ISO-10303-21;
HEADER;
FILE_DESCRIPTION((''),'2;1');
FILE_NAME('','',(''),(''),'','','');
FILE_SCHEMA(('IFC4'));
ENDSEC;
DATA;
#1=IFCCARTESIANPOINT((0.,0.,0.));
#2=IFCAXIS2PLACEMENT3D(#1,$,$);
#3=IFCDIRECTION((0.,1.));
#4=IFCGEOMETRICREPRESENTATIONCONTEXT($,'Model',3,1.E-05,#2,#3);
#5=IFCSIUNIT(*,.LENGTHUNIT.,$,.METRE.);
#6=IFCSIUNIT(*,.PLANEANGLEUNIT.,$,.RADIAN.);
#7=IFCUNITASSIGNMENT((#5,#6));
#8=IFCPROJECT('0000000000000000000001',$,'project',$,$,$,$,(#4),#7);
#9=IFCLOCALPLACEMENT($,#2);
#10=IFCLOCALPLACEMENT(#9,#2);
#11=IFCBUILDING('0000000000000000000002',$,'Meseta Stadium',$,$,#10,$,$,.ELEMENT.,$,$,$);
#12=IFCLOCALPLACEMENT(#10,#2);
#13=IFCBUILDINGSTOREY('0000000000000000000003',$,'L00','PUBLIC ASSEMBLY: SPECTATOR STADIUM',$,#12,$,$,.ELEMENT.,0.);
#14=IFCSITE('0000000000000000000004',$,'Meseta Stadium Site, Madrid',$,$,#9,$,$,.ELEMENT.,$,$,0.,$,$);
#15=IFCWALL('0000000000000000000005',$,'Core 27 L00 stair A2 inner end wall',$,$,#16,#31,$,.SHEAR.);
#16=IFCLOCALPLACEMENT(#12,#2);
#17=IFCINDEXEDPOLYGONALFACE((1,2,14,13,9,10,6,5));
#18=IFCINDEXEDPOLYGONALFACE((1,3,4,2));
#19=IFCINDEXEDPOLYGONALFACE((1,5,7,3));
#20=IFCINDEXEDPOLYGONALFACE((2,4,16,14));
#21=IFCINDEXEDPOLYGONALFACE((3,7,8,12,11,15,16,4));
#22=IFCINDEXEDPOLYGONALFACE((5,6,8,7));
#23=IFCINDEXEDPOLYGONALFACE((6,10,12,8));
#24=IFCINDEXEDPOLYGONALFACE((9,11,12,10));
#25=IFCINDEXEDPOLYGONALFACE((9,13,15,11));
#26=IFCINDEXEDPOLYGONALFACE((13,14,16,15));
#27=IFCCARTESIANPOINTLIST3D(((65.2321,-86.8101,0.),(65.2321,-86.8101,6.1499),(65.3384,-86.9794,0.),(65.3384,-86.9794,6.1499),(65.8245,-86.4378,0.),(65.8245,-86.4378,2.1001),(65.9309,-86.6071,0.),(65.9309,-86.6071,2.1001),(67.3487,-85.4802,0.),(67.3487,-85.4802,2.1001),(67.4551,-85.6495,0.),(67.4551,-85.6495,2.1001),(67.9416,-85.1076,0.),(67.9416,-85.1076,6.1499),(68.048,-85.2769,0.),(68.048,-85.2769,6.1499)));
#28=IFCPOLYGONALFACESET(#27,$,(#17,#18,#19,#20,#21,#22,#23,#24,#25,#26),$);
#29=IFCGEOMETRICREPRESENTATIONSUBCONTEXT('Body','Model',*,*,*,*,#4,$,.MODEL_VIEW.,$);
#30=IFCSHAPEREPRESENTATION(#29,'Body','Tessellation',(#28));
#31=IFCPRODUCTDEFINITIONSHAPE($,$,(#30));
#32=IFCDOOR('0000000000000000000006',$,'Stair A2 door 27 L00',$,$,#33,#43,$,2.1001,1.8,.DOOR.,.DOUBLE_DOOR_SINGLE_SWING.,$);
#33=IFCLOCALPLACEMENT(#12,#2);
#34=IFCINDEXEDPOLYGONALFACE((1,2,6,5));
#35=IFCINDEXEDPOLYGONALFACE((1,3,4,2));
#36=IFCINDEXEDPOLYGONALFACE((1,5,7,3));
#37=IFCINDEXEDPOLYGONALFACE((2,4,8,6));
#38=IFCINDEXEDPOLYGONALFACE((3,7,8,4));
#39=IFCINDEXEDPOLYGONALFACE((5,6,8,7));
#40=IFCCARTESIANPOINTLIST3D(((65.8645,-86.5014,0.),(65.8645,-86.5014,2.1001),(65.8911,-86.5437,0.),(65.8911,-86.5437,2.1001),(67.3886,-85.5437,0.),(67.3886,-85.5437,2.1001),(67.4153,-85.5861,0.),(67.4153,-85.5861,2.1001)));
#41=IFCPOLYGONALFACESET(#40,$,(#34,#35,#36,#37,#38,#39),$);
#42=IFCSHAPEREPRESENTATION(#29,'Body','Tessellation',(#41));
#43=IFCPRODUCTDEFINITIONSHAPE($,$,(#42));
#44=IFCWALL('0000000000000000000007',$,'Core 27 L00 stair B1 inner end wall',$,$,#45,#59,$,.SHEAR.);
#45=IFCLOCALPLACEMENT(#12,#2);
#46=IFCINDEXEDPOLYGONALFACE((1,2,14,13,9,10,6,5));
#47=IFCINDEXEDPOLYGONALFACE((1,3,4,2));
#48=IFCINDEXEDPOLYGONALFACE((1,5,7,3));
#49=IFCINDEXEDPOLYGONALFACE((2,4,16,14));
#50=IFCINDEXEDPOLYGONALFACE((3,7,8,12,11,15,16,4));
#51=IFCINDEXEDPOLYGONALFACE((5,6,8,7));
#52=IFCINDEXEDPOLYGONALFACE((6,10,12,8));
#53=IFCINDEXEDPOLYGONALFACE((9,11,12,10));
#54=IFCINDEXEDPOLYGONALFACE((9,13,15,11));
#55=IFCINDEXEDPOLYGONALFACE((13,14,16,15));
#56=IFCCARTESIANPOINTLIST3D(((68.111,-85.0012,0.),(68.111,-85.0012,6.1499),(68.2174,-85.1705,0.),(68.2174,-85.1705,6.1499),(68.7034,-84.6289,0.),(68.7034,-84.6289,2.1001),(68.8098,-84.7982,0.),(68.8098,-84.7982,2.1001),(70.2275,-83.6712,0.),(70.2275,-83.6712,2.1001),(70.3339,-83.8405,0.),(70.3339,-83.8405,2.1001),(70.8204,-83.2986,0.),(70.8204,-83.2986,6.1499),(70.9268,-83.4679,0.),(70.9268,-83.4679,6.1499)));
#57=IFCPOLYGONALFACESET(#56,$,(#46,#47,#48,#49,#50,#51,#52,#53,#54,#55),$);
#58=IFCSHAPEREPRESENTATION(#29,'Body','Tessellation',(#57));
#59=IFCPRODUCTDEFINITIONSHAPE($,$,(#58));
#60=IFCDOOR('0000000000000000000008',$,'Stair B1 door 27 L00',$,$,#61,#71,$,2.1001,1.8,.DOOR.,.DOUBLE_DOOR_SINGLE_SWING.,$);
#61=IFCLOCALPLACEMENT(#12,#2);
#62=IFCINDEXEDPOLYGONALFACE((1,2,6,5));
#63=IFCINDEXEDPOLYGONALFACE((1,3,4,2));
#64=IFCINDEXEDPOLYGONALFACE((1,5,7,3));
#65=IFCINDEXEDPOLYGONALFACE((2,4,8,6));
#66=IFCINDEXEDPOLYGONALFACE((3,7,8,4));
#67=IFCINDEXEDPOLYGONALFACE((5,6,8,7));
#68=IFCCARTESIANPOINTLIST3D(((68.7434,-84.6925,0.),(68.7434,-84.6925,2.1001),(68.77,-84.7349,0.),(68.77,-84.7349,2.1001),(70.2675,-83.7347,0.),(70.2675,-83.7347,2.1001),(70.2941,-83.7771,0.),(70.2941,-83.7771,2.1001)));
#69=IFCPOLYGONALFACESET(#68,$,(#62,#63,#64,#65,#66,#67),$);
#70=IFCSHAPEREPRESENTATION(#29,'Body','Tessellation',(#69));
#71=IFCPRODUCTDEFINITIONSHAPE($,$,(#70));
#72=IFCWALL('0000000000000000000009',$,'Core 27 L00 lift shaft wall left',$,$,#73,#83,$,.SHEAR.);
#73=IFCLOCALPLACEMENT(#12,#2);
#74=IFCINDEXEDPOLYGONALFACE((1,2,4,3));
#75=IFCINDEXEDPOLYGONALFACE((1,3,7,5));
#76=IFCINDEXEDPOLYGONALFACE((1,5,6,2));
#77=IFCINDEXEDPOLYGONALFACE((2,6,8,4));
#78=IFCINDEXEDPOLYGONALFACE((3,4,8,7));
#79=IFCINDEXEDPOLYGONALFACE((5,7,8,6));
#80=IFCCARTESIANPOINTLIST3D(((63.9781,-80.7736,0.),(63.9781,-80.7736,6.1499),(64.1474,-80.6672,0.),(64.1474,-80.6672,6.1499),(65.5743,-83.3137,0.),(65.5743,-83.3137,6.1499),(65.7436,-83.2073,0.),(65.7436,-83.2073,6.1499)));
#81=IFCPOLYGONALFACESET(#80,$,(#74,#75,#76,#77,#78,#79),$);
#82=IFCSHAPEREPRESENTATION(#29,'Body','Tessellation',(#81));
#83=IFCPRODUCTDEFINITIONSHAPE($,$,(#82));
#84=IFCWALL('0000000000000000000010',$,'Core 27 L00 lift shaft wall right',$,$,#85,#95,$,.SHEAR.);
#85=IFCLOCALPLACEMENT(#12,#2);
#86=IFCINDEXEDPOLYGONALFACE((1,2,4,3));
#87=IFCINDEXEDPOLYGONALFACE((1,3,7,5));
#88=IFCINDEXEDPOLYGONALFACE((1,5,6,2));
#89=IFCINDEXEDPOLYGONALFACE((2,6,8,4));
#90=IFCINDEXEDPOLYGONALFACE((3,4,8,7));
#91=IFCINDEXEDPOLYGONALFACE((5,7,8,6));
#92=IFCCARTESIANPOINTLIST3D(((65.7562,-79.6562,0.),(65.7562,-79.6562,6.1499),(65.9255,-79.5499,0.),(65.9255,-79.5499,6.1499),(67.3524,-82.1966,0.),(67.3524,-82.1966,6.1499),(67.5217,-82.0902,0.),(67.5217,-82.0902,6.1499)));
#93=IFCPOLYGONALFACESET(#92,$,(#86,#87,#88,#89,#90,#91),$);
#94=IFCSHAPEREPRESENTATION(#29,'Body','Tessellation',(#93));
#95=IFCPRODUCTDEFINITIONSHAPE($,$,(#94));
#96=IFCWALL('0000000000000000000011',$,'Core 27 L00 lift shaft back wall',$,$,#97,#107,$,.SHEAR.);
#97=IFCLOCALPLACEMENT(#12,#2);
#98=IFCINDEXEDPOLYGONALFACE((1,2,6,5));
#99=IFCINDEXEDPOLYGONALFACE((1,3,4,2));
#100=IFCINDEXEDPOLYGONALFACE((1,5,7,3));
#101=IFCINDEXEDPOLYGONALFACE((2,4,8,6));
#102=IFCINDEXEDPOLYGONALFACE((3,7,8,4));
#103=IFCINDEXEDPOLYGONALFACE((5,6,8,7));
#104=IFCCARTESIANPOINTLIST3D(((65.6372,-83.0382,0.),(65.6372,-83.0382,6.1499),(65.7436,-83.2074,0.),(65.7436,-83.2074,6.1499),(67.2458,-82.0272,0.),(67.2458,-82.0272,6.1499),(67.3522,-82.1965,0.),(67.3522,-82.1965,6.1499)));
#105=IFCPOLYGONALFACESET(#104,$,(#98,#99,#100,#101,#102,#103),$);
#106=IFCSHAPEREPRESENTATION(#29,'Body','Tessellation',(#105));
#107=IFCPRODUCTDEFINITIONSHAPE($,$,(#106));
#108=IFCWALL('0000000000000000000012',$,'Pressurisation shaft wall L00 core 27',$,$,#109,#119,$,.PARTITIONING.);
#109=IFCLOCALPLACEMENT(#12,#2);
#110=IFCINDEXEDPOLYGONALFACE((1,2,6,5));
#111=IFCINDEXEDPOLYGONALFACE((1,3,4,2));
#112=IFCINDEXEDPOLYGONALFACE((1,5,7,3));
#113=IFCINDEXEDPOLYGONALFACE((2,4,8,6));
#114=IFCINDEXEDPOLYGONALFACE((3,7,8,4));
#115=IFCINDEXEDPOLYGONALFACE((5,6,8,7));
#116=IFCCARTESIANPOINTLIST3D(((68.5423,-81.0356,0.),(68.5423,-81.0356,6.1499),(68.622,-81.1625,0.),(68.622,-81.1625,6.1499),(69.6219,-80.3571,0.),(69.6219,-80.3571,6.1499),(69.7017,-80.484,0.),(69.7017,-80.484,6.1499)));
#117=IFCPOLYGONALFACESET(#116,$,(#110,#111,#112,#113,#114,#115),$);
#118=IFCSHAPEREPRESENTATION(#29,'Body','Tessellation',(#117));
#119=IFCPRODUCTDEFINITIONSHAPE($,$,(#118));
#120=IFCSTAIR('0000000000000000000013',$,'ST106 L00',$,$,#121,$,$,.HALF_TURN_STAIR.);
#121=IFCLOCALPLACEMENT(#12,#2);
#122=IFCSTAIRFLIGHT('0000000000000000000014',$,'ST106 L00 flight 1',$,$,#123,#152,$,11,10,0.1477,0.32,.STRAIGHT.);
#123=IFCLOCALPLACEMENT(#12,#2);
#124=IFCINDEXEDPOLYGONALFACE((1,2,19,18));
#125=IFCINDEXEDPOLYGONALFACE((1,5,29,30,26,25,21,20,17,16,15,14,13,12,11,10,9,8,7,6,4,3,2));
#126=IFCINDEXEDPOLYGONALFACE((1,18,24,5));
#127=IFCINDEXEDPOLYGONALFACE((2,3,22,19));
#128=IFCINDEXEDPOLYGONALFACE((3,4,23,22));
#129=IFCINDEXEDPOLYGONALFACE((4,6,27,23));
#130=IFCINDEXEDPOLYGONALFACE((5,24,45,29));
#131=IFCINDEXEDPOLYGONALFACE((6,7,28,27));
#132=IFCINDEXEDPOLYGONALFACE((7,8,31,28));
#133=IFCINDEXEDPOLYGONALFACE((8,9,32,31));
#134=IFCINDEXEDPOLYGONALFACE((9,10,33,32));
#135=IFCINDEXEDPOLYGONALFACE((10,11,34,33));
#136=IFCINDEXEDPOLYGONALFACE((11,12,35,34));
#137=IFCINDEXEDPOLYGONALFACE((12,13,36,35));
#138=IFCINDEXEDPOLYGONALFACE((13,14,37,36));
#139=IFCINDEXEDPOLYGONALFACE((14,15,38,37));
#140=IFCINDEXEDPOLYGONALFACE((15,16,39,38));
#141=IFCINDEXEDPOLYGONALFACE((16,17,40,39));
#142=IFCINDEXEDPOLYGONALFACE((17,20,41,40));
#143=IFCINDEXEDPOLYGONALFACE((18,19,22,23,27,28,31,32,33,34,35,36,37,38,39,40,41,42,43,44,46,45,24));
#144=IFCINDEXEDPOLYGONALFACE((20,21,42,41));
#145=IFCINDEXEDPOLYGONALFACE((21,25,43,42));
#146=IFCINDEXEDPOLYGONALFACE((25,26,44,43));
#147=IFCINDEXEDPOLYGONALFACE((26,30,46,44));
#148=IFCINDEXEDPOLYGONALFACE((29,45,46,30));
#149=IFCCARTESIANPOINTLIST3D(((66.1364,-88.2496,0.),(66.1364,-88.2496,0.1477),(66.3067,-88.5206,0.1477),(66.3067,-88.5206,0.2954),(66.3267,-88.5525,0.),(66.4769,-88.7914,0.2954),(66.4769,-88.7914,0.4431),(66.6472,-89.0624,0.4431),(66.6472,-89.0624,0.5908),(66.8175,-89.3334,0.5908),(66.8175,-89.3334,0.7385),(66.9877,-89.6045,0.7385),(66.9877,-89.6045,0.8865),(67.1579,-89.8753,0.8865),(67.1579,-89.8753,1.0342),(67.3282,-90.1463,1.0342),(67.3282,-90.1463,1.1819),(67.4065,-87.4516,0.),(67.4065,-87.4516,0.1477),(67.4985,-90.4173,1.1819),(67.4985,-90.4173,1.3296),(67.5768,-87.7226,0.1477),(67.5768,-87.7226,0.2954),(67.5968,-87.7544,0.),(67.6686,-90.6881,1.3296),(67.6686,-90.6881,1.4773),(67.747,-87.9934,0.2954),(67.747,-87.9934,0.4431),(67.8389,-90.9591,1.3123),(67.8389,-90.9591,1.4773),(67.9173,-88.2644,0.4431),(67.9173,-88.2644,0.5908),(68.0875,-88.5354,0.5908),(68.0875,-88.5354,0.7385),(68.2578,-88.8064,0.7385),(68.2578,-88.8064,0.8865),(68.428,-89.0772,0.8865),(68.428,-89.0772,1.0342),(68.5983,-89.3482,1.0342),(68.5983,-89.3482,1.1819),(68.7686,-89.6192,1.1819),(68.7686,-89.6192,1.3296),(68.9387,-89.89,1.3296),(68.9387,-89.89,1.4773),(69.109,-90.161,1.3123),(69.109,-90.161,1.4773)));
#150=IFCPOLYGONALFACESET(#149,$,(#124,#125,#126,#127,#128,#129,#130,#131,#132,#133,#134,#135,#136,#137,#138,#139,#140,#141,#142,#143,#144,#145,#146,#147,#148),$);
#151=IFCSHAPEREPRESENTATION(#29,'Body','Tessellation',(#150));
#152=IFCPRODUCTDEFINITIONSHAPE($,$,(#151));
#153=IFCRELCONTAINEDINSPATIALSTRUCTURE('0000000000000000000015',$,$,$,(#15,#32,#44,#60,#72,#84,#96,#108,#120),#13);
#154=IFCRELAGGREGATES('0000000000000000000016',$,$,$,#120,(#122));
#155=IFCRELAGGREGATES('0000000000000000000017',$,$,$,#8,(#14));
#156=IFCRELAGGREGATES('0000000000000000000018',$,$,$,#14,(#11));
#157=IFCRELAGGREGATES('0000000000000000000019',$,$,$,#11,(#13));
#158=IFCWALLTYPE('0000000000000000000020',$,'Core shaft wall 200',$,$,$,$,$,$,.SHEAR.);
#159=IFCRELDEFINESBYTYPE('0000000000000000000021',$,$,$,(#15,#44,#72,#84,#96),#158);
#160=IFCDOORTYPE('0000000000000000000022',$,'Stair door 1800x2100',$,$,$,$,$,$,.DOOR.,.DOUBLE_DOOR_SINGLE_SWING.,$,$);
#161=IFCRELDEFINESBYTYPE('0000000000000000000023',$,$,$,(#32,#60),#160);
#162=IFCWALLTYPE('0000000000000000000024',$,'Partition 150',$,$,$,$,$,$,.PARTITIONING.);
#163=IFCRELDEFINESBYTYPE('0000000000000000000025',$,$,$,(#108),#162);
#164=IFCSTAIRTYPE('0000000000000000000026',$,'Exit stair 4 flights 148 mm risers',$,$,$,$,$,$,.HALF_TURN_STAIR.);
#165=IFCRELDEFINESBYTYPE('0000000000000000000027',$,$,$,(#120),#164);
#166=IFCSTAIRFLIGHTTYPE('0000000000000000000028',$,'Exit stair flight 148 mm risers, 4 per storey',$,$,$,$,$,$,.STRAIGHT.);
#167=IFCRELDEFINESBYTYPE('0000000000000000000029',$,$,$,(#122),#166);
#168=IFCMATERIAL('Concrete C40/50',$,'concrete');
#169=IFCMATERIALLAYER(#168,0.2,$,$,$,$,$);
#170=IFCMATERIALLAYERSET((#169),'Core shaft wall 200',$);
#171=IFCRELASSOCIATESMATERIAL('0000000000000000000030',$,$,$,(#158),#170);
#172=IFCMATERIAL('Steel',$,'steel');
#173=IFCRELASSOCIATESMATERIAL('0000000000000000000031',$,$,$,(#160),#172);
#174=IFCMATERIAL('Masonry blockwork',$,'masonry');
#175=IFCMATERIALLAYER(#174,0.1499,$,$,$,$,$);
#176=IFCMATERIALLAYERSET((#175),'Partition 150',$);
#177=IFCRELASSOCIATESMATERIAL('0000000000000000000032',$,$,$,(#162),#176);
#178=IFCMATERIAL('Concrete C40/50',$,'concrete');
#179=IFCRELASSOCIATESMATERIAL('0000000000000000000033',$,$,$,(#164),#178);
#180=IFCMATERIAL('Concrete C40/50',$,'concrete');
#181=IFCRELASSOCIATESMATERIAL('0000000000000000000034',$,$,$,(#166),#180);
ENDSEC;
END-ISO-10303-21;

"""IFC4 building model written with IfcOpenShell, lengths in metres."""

from ifc_helpers import new_model, si_unit, direction, frame, frame_2d, origin, place, context, subcontext, project, spatial, polyline, rectangle, outline, extrude, material, layer, layer_set, type_object, element, fill, aggregate, save


model = new_model("IFC4")

# Units and contexts
model_context = context("Model", 3, precision=1e-05, world=origin(), true_north=direction((0.0, 1.0)))
body_context = subcontext(model_context, "Body", "Model", "MODEL_VIEW")
ifc_project = project(units=[si_unit("LENGTHUNIT", "METRE"), si_unit("PLANEANGLEUNIT", "RADIAN")], contexts=[model_context])

# Site, building, storey
site_placement = place(None, origin())
site = spatial("IfcSite", under=ifc_project, at=site_placement, Name="Meseta Stadium Site, Madrid", CompositionType="ELEMENT", RefElevation=0.0)
building_placement = place(site_placement, origin())
building = spatial("IfcBuilding", under=site, at=building_placement, Name="Meseta Stadium", CompositionType="ELEMENT")
storey_placement = place(building_placement, origin())
storey = spatial("IfcBuildingStorey", under=building, at=storey_placement, Name="L00", Description="PUBLIC ASSEMBLY: SPECTATOR STADIUM", CompositionType="ELEMENT", Elevation=0.0)

# Walls, openings, doors
ifc_material_1 = material(Name="Concrete C40/50", Category="concrete")
ifc_layer_1 = layer(ifc_material_1, 0.2)
ifc_layer_set_1 = layer_set([ifc_layer_1], Name="Core shaft wall 200")
wall_type_1 = type_object("IfcWallType", Name="Core shaft wall 200", PredefinedType="SHEAR", material=ifc_layer_set_1)
wall_1_placement = place(storey_placement, frame((65.2852, -86.8948, 0.0), z_axis=(0.0, 0.0, 1.0), x_axis=(0.846736, 0.532014, 0.0)))
wall_1 = element("IfcWall", 1, at=wall_1_placement, inside=storey, type_object=wall_type_1, Name="Core 27 L00 stair A2 inner end wall", PredefinedType="SHEAR", context=body_context, shape_type="SweptSolid", body=[
    extrude(rectangle(XDim=3.2, YDim=0.2, at=frame_2d((1.6001, 0.0))), origin(), (0.0, 0.0, 1.0), 6.1499),
])
opening_1_placement = place(wall_1_placement, frame((0.7, 0.0, 0.0)))
opening_1 = element("IfcOpeningElement", 2, at=opening_1_placement, cuts=wall_1, PredefinedType="OPENING", context=body_context, shape_type="SweptSolid", body=[
    extrude(rectangle(XDim=1.8, YDim=2.1001, at=frame_2d((0.8999, 1.05))), frame((0.0, 0.1099, 0.0), z_axis=(0.0, -1.0, 0.0), x_axis=(1.0, 0.0, 0.0)), (0.0, 0.0, 1.0), 0.22),
])
ifc_material_2 = material(Name="Steel", Category="steel")
door_type = type_object("IfcDoorType", Name="Stair door 1800x2100", OperationType="DOUBLE_DOOR_SINGLE_SWING", PredefinedType="DOOR", material=ifc_material_2)
door_1_placement = place(opening_1_placement, origin())
door_1 = element("IfcDoor", 3, at=door_1_placement, inside=storey, type_object=door_type, Name="Stair A2 door 27 L00", OperationType="DOUBLE_DOOR_SINGLE_SWING", OverallHeight=2.1001, OverallWidth=1.8, PredefinedType="DOOR", context=body_context, shape_type="SweptSolid", body=[
    extrude(rectangle(XDim=1.8, YDim=2.1001, at=frame_2d((0.8999, 1.05))), frame((0.0, 0.0249, 0.0), z_axis=(0.0, -1.0, 0.0), x_axis=(1.0, 0.0, 0.0)), (0.0, 0.0, 1.0), 0.05),
])
fill(opening_1, door_1)
wall_2_placement = place(storey_placement, frame((68.1641, -85.0859, 0.0), z_axis=(0.0, 0.0, 1.0), x_axis=(0.846701, 0.532068, 0.0)))
wall_2 = element("IfcWall", 4, at=wall_2_placement, inside=storey, type_object=wall_type_1, Name="Core 27 L00 stair B1 inner end wall", PredefinedType="SHEAR", context=body_context, shape_type="SweptSolid", body=[
    extrude(rectangle(XDim=3.2, YDim=0.2, at=frame_2d((1.6001, 0.0))), origin(), (0.0, 0.0, 1.0), 6.1499),
])
opening_2_placement = place(wall_2_placement, frame((0.7, 0.0, 0.0)))
opening_2 = element("IfcOpeningElement", 5, at=opening_2_placement, cuts=wall_2, PredefinedType="OPENING", context=body_context, shape_type="SweptSolid", body=[
    extrude(rectangle(XDim=1.8, YDim=2.1001, at=frame_2d((0.8999, 1.05))), frame((0.0, 0.1099, 0.0), z_axis=(0.0, -1.0, 0.0), x_axis=(1.0, 0.0, 0.0)), (0.0, 0.0, 1.0), 0.22),
])
door_2_placement = place(opening_2_placement, origin())
door_2 = element("IfcDoor", 6, at=door_2_placement, inside=storey, type_object=door_type, Name="Stair B1 door 27 L00", OperationType="DOUBLE_DOOR_SINGLE_SWING", OverallHeight=2.1001, OverallWidth=1.8, PredefinedType="DOOR", context=body_context, shape_type="SweptSolid", body=[
    extrude(rectangle(XDim=1.8, YDim=2.1001, at=frame_2d((0.8999, 1.05))), frame((0.0, 0.0249, 0.0), z_axis=(0.0, -1.0, 0.0), x_axis=(1.0, 0.0, 0.0)), (0.0, 0.0, 1.0), 0.05),
])
fill(opening_2, door_2)

# Walls
wall_3_placement = place(storey_placement, frame((65.6589, -83.2605, 0.0), z_axis=(0.0, 0.0, 1.0), x_axis=(-0.532075, 0.846697, 0.0)))
element("IfcWall", 7, at=wall_3_placement, inside=storey, type_object=wall_type_1, Name="Core 27 L00 lift shaft wall left", PredefinedType="SHEAR", context=body_context, shape_type="SweptSolid", body=[
    extrude(rectangle(XDim=3.0, YDim=0.2, at=frame_2d((1.5, 0.0))), origin(), (0.0, 0.0, 1.0), 6.1499),
])
wall_4_placement = place(storey_placement, frame((67.437, -82.1433, 0.0), z_axis=(0.0, 0.0, 1.0), x_axis=(-0.532038, 0.84672, 0.0)))
element("IfcWall", 8, at=wall_4_placement, inside=storey, type_object=wall_type_1, Name="Core 27 L00 lift shaft wall right", PredefinedType="SHEAR", context=body_context, shape_type="SweptSolid", body=[
    extrude(rectangle(XDim=3.0002, YDim=0.2, at=frame_2d((1.5, 0.0))), origin(), (0.0, 0.0, 1.0), 6.1499),
])
wall_5_placement = place(storey_placement, frame((65.6904, -83.1228, 0.0), z_axis=(0.0, 0.0, 1.0), x_axis=(0.846675, 0.532111, 0.0)))
element("IfcWall", 9, at=wall_5_placement, inside=storey, type_object=wall_type_1, Name="Core 27 L00 lift shaft back wall", PredefinedType="SHEAR", context=body_context, shape_type="SweptSolid", body=[
    extrude(rectangle(XDim=1.8999, YDim=0.2, at=frame_2d((0.95, 0.0))), origin(), (0.0, 0.0, 1.0), 6.1499),
])
ifc_material_3 = material(Name="Masonry blockwork", Category="masonry")
ifc_layer_2 = layer(ifc_material_3, 0.1499)
ifc_layer_set_2 = layer_set([ifc_layer_2], Name="Partition 150")
wall_type_2 = type_object("IfcWallType", Name="Partition 150", PredefinedType="PARTITIONING", material=ifc_layer_set_2)
wall_6_placement = place(storey_placement, frame((68.582, -81.0991, 0.0), z_axis=(0.0, 0.0, 1.0), x_axis=(0.846683, 0.532097, 0.0)))
element("IfcWall", 10, at=wall_6_placement, inside=storey, type_object=wall_type_2, Name="Pressurisation shaft wall L00 core 27", PredefinedType="PARTITIONING", context=body_context, shape_type="SweptSolid", body=[
    extrude(rectangle(XDim=1.2751, YDim=0.1499, at=frame_2d((0.6377, 0.0))), origin(), (0.0, 0.0, 1.0), 6.1499),
])

# Stair, stair flight
ifc_material_4 = material(Name="Concrete C40/50", Category="concrete")
stair_type = type_object("IfcStairType", Name="Exit stair 4 flights 148 mm risers", PredefinedType="HALF_TURN_STAIR", material=ifc_material_4)
stair_placement = place(storey_placement, origin())
stair = element("IfcStair", 11, at=stair_placement, inside=storey, type_object=stair_type, Name="ST106 L00", PredefinedType="HALF_TURN_STAIR")
ifc_material_5 = material(Name="Concrete C40/50", Category="concrete")
stair_flight_type = type_object("IfcStairFlightType", Name="Exit stair flight 148 mm risers, 4 per storey", PredefinedType="STRAIGHT", material=ifc_material_5)
stair_flight_1_placement = place(storey_placement, frame((66.7715, -87.8506, 0.0), z_axis=(0.0, 0.0, 1.0), x_axis=(0.532032, -0.846724, 0.0)))
stair_flight_1 = element("IfcStairFlight", 12, at=stair_flight_1_placement, type_object=stair_flight_type, Name="ST106 L00 flight 1", NumberOfRisers=11, NumberOfTreads=10, PredefinedType="STRAIGHT", RiserHeight=0.1477, TreadLength=0.32, context=body_context, shape_type="SweptSolid", body=[
    extrude(outline(polyline([(0.0, 0.0), (0.0, 0.1477), (0.3201, 0.1477), (0.3201, 0.2954), (0.6399, 0.2954), (0.6399, 0.4431), (0.96, 0.4431), (0.96, 0.5908), (1.28, 0.5908), (1.28, 0.7385), (1.6001, 0.7385), (1.6001, 0.8865), (1.9199, 0.8865), (1.9199, 1.0342), (2.24, 1.0342), (2.24, 1.1819), (2.5601, 1.1819), (2.5601, 1.3296), (2.8799, 1.3296), (2.8799, 1.4773), (3.2, 1.4773), (3.2, 1.3123), (0.3577, 0.0), (0.0, 0.0)])), frame((0.0, 0.75, 0.0), z_axis=(0.0, -1.0, 0.0), x_axis=(1.0, 0.0, 0.0)), (0.0, 0.0, 1.0), 1.5),
])
aggregate(stair, [stair_flight_1])

save(model, "model.ifc")
